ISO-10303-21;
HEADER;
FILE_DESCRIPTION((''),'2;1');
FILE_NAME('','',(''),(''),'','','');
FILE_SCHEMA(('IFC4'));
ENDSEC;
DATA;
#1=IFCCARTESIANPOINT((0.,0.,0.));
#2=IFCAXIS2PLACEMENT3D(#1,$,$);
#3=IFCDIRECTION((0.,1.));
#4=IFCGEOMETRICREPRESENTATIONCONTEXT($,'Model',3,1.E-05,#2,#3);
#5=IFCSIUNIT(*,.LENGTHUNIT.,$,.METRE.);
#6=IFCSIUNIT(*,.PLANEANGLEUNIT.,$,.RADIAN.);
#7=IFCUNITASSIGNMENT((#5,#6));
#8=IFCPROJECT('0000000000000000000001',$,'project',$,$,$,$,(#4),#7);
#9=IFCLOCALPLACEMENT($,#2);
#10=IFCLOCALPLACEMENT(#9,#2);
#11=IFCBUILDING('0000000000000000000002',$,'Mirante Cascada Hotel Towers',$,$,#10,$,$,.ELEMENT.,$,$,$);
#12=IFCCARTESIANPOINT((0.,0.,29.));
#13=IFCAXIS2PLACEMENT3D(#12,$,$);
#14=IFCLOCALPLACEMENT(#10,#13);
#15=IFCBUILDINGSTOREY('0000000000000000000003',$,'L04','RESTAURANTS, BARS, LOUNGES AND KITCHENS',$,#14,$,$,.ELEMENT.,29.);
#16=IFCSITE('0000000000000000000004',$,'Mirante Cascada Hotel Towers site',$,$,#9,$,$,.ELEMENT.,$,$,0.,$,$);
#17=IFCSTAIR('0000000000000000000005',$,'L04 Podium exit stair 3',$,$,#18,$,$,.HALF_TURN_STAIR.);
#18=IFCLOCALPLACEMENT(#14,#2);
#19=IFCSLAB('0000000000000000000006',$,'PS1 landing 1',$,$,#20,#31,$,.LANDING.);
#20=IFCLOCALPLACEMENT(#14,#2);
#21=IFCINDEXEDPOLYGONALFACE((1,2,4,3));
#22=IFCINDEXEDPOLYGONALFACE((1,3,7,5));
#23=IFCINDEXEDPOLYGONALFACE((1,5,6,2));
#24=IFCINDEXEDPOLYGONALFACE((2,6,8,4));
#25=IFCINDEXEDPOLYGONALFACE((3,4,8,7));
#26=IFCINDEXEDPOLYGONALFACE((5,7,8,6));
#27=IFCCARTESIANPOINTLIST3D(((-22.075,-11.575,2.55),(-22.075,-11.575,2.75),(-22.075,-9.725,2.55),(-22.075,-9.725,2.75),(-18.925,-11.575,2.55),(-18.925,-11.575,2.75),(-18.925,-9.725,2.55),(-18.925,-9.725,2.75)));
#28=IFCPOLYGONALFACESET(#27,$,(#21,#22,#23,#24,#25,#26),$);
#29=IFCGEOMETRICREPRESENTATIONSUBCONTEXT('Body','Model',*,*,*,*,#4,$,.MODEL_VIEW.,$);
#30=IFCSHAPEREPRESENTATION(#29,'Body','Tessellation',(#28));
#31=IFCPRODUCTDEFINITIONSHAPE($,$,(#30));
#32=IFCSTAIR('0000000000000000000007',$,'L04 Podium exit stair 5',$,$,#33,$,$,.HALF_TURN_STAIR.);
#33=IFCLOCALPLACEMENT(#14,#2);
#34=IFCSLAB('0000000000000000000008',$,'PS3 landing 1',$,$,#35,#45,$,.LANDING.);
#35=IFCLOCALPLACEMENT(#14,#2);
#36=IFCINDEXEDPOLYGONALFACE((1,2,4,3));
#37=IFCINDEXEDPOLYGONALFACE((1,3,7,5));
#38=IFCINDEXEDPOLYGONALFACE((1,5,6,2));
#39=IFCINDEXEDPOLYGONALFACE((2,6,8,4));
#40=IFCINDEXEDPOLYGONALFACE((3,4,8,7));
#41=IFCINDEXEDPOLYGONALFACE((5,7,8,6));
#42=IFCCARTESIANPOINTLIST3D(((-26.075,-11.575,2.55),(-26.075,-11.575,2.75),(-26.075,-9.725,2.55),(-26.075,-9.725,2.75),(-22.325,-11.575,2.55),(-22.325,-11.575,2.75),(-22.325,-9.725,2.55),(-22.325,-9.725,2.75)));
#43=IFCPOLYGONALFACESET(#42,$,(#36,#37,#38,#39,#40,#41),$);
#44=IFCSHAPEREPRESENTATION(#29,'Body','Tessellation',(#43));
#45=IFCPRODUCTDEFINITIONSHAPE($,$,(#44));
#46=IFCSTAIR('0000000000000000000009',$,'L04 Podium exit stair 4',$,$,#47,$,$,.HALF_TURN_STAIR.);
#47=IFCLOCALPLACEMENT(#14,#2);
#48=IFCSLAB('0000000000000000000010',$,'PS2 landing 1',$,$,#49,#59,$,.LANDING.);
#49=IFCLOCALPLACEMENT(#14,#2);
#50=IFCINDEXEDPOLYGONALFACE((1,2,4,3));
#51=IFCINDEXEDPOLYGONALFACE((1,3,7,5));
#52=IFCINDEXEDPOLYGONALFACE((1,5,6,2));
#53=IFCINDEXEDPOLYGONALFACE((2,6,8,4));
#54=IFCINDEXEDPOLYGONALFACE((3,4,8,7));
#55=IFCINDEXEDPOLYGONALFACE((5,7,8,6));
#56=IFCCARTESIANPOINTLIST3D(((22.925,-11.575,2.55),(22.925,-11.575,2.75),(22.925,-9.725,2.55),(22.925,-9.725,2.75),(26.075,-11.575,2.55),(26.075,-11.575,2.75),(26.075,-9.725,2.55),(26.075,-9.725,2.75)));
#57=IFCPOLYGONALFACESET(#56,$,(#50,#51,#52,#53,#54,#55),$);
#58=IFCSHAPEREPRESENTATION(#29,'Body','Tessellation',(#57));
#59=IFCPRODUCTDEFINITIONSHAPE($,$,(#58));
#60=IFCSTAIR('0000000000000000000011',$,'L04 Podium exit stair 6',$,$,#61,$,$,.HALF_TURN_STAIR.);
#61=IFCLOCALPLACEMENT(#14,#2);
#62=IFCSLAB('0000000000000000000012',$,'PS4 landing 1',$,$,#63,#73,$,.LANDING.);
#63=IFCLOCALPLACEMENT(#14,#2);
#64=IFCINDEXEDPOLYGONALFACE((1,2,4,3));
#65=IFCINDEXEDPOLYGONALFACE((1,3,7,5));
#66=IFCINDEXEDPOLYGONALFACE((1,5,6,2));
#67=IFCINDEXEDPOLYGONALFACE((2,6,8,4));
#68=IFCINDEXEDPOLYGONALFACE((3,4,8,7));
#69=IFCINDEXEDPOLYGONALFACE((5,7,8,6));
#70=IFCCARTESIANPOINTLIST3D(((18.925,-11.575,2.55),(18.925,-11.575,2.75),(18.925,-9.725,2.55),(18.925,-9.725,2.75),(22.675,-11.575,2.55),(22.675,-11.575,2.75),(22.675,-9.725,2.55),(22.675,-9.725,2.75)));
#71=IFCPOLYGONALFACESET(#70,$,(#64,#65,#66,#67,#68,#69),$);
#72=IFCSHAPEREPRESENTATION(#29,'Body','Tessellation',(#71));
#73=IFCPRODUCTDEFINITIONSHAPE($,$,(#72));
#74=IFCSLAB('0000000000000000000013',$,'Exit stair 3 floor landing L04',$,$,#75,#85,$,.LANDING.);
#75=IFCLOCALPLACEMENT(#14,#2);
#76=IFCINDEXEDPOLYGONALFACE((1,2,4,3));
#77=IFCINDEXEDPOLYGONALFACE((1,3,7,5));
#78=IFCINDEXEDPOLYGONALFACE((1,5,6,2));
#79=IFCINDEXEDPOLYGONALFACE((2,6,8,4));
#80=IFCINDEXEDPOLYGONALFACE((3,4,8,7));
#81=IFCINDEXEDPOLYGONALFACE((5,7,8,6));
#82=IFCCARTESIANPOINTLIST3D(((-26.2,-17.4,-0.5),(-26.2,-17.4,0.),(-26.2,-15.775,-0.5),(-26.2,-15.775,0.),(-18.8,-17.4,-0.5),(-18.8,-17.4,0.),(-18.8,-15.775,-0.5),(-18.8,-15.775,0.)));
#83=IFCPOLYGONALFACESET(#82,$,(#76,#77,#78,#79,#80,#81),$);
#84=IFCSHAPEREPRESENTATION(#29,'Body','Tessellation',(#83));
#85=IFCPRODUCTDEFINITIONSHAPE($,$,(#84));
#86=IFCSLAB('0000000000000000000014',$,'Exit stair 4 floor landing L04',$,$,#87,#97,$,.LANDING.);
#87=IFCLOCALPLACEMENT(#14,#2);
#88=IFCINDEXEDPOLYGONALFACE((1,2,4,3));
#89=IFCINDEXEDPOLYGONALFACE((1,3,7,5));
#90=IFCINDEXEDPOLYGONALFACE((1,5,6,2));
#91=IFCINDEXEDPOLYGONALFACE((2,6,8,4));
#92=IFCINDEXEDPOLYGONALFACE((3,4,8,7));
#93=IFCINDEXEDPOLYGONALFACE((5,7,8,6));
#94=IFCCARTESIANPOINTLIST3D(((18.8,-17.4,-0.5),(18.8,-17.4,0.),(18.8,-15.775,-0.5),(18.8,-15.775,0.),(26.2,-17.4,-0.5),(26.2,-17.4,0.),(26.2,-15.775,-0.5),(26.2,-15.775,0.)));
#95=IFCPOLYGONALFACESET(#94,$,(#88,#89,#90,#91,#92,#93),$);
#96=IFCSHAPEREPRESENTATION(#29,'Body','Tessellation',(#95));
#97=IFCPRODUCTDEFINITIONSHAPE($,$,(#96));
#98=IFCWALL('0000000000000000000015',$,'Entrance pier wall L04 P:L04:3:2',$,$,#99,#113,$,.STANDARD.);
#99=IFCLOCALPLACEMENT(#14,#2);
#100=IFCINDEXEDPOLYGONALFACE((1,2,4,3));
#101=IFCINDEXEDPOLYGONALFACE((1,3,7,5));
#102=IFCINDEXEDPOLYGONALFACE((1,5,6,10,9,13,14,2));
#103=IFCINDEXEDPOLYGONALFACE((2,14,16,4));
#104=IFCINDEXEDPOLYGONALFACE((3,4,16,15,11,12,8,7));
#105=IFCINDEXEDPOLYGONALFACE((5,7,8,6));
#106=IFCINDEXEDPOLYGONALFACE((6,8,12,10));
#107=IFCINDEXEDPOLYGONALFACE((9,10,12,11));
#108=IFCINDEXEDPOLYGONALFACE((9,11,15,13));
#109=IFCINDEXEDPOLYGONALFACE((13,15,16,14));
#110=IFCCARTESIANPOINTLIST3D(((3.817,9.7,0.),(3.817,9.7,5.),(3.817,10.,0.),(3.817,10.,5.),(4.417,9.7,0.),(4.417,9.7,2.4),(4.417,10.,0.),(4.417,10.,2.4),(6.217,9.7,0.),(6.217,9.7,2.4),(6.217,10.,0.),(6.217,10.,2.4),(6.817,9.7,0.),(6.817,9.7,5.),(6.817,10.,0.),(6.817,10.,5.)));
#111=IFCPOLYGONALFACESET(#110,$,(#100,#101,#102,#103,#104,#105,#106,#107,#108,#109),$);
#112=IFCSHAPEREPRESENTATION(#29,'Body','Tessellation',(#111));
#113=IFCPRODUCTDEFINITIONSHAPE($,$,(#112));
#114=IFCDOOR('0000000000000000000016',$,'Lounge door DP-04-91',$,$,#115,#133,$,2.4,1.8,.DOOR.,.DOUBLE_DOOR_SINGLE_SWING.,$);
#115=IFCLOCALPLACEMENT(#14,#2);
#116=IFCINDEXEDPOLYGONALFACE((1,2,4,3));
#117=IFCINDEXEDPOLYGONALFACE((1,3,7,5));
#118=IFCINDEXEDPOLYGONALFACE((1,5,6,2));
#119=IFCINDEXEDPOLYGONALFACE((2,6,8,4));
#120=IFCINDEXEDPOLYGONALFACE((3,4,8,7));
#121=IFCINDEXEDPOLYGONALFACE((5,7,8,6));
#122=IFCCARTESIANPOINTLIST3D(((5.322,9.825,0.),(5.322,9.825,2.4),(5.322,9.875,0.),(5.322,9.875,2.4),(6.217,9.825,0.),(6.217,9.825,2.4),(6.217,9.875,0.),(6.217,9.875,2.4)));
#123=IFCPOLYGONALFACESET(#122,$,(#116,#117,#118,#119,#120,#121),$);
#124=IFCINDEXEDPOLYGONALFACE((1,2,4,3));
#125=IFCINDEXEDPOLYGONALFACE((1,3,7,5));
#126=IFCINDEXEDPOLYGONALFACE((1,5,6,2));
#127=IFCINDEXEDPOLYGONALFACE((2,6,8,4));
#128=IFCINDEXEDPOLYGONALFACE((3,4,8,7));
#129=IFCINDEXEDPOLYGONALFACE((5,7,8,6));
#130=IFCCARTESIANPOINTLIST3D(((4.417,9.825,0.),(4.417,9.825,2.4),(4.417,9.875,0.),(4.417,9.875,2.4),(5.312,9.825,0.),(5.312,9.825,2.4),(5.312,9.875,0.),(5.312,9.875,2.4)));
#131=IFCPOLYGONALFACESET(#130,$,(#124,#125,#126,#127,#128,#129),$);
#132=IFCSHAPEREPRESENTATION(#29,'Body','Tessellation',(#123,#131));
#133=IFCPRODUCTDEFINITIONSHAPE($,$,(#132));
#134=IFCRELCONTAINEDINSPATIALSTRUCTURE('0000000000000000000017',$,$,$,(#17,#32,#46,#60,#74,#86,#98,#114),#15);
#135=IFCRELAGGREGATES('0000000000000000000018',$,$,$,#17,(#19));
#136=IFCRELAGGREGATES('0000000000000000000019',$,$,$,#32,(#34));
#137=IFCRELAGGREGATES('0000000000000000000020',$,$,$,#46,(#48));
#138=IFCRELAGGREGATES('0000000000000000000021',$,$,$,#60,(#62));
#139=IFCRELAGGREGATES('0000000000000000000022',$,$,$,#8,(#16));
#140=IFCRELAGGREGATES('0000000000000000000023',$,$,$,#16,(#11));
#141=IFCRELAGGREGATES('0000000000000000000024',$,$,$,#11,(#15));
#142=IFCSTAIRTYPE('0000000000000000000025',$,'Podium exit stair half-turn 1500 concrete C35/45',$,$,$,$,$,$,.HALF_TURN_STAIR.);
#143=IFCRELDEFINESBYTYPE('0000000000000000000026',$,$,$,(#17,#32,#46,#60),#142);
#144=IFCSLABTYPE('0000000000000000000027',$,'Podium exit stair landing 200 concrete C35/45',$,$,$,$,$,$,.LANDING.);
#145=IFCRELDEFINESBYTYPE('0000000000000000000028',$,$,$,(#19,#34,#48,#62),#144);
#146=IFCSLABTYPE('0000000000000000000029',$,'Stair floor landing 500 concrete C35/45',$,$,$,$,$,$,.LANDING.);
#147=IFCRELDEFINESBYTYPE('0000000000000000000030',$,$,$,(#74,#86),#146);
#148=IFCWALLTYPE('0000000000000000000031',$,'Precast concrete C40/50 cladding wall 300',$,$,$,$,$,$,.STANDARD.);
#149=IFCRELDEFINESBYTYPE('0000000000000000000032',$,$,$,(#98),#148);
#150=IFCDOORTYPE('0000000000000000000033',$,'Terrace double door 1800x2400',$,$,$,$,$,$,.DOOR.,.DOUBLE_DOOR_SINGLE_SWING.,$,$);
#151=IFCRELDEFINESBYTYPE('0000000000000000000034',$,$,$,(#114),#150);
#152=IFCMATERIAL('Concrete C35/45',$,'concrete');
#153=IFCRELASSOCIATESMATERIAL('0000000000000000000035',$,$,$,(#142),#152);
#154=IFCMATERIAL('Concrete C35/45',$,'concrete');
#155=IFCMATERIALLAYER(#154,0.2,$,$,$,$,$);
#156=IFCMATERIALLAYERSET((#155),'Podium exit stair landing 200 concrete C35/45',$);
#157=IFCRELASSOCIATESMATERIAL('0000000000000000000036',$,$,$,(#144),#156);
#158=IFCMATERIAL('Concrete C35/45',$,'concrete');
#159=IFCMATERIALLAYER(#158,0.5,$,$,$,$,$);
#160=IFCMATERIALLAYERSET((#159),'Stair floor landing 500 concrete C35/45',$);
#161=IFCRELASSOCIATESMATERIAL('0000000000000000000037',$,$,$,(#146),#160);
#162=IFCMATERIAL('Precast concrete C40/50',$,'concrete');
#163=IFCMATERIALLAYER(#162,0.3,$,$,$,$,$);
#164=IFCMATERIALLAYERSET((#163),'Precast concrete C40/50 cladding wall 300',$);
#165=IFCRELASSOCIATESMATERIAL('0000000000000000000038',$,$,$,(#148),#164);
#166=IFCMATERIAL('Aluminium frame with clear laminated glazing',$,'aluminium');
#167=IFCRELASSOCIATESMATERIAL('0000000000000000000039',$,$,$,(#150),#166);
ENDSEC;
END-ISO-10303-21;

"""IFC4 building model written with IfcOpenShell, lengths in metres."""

from ifc_helpers import new_model, si_unit, direction, frame, frame_2d, origin, place, context, subcontext, project, spatial, polyline, rectangle, outline, extrude, material, layer, layer_set, type_object, element, fill, aggregate, save


model = new_model("IFC4")

# Units and contexts
model_context = context("Model", 3, precision=1e-05, world=origin(), true_north=direction((0.0, 1.0)))
body_context = subcontext(model_context, "Body", "Model", "MODEL_VIEW")
ifc_project = project(units=[si_unit("LENGTHUNIT", "METRE"), si_unit("PLANEANGLEUNIT", "RADIAN")], contexts=[model_context])

# Site, building, storey
site_placement = place(None, origin())
site = spatial("IfcSite", under=ifc_project, at=site_placement, Name="Mirante Cascada Hotel Towers site", CompositionType="ELEMENT", RefElevation=0.0)
building_placement = place(site_placement, origin())
building = spatial("IfcBuilding", under=site, at=building_placement, Name="Mirante Cascada Hotel Towers", CompositionType="ELEMENT")
storey_placement = place(building_placement, frame((0.0, 0.0, 29.0)))
storey = spatial("IfcBuildingStorey", under=building, at=storey_placement, Name="L04", Description="RESTAURANTS, BARS, LOUNGES AND KITCHENS", CompositionType="ELEMENT", Elevation=29.0)

# Stairs, slabs
ifc_material_1 = material(Name="Concrete C35/45", Category="concrete")
stair_type_1 = type_object("IfcStairType", Name="Podium exit stair half-turn 1500 concrete C35/45", PredefinedType="HALF_TURN_STAIR", material=ifc_material_1)
stair_1_placement = place(storey_placement, origin())
stair_1 = element("IfcStair", 1, at=stair_1_placement, inside=storey, type_object=stair_type_1, Name="L04 Podium exit stair 3", PredefinedType="HALF_TURN_STAIR")
ifc_material_2 = material(Name="Concrete C35/45", Category="concrete")
ifc_layer_1 = layer(ifc_material_2, 0.2)
ifc_layer_set_1 = layer_set([ifc_layer_1], Name="Podium exit stair landing 200 concrete C35/45")
slab_type_1 = type_object("IfcSlabType", Name="Podium exit stair landing 200 concrete C35/45", PredefinedType="LANDING", material=ifc_layer_set_1)
slab_1_placement = place(storey_placement, frame((0.0, 0.0, 2.55)))
slab_1 = element("IfcSlab", 2, at=slab_1_placement, type_object=slab_type_1, Name="PS1 landing 1", PredefinedType="LANDING", context=body_context, shape_type="SweptSolid", body=[
    extrude(outline(polyline([(-18.925, -11.575), (-18.925, -9.725), (-22.075, -9.725), (-22.075, -11.575), (-18.925, -11.575)])), origin(), (0.0, 0.0, 1.0), 0.2),
])
aggregate(stair_1, [slab_1])
stair_2_placement = place(storey_placement, origin())
stair_2 = element("IfcStair", 3, at=stair_2_placement, inside=storey, type_object=stair_type_1, Name="L04 Podium exit stair 5", PredefinedType="HALF_TURN_STAIR")
slab_2_placement = place(storey_placement, frame((0.0, 0.0, 2.55)))
slab_2 = element("IfcSlab", 4, at=slab_2_placement, type_object=slab_type_1, Name="PS3 landing 1", PredefinedType="LANDING", context=body_context, shape_type="SweptSolid", body=[
    extrude(outline(polyline([(-22.325, -11.575), (-22.325, -9.725), (-26.075, -9.725), (-26.075, -11.575), (-22.325, -11.575)])), origin(), (0.0, 0.0, 1.0), 0.2),
])
aggregate(stair_2, [slab_2])
stair_3_placement = place(storey_placement, origin())
stair_3 = element("IfcStair", 5, at=stair_3_placement, inside=storey, type_object=stair_type_1, Name="L04 Podium exit stair 4", PredefinedType="HALF_TURN_STAIR")
slab_3_placement = place(storey_placement, frame((0.0, 0.0, 2.55)))
slab_3 = element("IfcSlab", 6, at=slab_3_placement, type_object=slab_type_1, Name="PS2 landing 1", PredefinedType="LANDING", context=body_context, shape_type="SweptSolid", body=[
    extrude(outline(polyline([(26.075, -11.575), (26.075, -9.725), (22.925, -9.725), (22.925, -11.575), (26.075, -11.575)])), origin(), (0.0, 0.0, 1.0), 0.2),
])
aggregate(stair_3, [slab_3])
stair_4_placement = place(storey_placement, origin())
stair_4 = element("IfcStair", 7, at=stair_4_placement, inside=storey, type_object=stair_type_1, Name="L04 Podium exit stair 6", PredefinedType="HALF_TURN_STAIR")
slab_4_placement = place(storey_placement, frame((0.0, 0.0, 2.55)))
slab_4 = element("IfcSlab", 8, at=slab_4_placement, type_object=slab_type_1, Name="PS4 landing 1", PredefinedType="LANDING", context=body_context, shape_type="SweptSolid", body=[
    extrude(outline(polyline([(22.675, -11.575), (22.675, -9.725), (18.925, -9.725), (18.925, -11.575), (22.675, -11.575)])), origin(), (0.0, 0.0, 1.0), 0.2),
])
aggregate(stair_4, [slab_4])

# Slabs
ifc_material_3 = material(Name="Concrete C35/45", Category="concrete")
ifc_layer_2 = layer(ifc_material_3, 0.5)
ifc_layer_set_2 = layer_set([ifc_layer_2], Name="Stair floor landing 500 concrete C35/45")
slab_type_2 = type_object("IfcSlabType", Name="Stair floor landing 500 concrete C35/45", PredefinedType="LANDING", material=ifc_layer_set_2)
slab_5_placement = place(storey_placement, frame((0.0, 0.0, -0.5)))
element("IfcSlab", 9, at=slab_5_placement, inside=storey, type_object=slab_type_2, Name="Exit stair 3 floor landing L04", PredefinedType="LANDING", context=body_context, shape_type="SweptSolid", body=[
    extrude(outline(polyline([(-26.2, -17.4), (-18.8, -17.4), (-18.8, -15.775), (-26.2, -15.775), (-26.2, -17.4)])), origin(), (0.0, 0.0, 1.0), 0.5),
])
slab_6_placement = place(storey_placement, frame((0.0, 0.0, -0.5)))
element("IfcSlab", 10, at=slab_6_placement, inside=storey, type_object=slab_type_2, Name="Exit stair 4 floor landing L04", PredefinedType="LANDING", context=body_context, shape_type="SweptSolid", body=[
    extrude(outline(polyline([(18.8, -17.4), (26.2, -17.4), (26.2, -15.775), (18.8, -15.775), (18.8, -17.4)])), origin(), (0.0, 0.0, 1.0), 0.5),
])

# Wall, opening, door
ifc_material_4 = material(Name="Precast concrete C40/50", Category="concrete")
ifc_layer_3 = layer(ifc_material_4, 0.3)
ifc_layer_set_3 = layer_set([ifc_layer_3], Name="Precast concrete C40/50 cladding wall 300")
wall_type = type_object("IfcWallType", Name="Precast concrete C40/50 cladding wall 300", PredefinedType="STANDARD", material=ifc_layer_set_3)
wall_placement = place(storey_placement, frame((6.817, 9.85, 0.0), z_axis=(0.0, 0.0, 1.0), x_axis=(-1.0, 0.0, 0.0)))
wall = element("IfcWall", 11, at=wall_placement, inside=storey, type_object=wall_type, Name="Entrance pier wall L04 P:L04:3:2", PredefinedType="STANDARD", context=body_context, shape_type="SweptSolid", body=[
    extrude(rectangle(XDim=3.0, YDim=0.3, at=frame_2d((1.5, 0.0))), origin(), (0.0, 0.0, 1.0), 5.0),
])
opening_placement = place(wall_placement, frame((0.6, 0.0, 0.0)))
opening = element("IfcOpeningElement", 12, at=opening_placement, cuts=wall, PredefinedType="OPENING", context=body_context, shape_type="SweptSolid", body=[
    extrude(rectangle(XDim=1.8, YDim=2.4, at=frame_2d((0.9, 1.2))), frame((0.0, 0.15, 0.0), z_axis=(0.0, -1.0, 0.0), x_axis=(1.0, 0.0, 0.0)), (0.0, 0.0, 1.0), 0.3),
])
ifc_material_5 = material(Name="Aluminium frame with clear laminated glazing", Category="aluminium")
door_type = type_object("IfcDoorType", Name="Terrace double door 1800x2400", OperationType="DOUBLE_DOOR_SINGLE_SWING", PredefinedType="DOOR", material=ifc_material_5)
door_placement = place(opening_placement, origin())
door = element("IfcDoor", 13, at=door_placement, inside=storey, type_object=door_type, Name="Lounge door DP-04-91", OperationType="DOUBLE_DOOR_SINGLE_SWING", OverallHeight=2.4, OverallWidth=1.8, PredefinedType="DOOR", context=body_context, shape_type="SweptSolid", body=[
    extrude(rectangle(XDim=0.895, YDim=2.4, at=frame_2d((0.4475, 1.2))), frame((0.0, 0.025, 0.0), z_axis=(0.0, -1.0, 0.0), x_axis=(1.0, 0.0, 0.0)), (0.0, 0.0, 1.0), 0.05),
    extrude(rectangle(XDim=0.895, YDim=2.4, at=frame_2d((1.3525, 1.2))), frame((0.0, 0.025, 0.0), z_axis=(0.0, -1.0, 0.0), x_axis=(1.0, 0.0, 0.0)), (0.0, 0.0, 1.0), 0.05),
])
fill(opening, door)

save(model, "model.ifc")
